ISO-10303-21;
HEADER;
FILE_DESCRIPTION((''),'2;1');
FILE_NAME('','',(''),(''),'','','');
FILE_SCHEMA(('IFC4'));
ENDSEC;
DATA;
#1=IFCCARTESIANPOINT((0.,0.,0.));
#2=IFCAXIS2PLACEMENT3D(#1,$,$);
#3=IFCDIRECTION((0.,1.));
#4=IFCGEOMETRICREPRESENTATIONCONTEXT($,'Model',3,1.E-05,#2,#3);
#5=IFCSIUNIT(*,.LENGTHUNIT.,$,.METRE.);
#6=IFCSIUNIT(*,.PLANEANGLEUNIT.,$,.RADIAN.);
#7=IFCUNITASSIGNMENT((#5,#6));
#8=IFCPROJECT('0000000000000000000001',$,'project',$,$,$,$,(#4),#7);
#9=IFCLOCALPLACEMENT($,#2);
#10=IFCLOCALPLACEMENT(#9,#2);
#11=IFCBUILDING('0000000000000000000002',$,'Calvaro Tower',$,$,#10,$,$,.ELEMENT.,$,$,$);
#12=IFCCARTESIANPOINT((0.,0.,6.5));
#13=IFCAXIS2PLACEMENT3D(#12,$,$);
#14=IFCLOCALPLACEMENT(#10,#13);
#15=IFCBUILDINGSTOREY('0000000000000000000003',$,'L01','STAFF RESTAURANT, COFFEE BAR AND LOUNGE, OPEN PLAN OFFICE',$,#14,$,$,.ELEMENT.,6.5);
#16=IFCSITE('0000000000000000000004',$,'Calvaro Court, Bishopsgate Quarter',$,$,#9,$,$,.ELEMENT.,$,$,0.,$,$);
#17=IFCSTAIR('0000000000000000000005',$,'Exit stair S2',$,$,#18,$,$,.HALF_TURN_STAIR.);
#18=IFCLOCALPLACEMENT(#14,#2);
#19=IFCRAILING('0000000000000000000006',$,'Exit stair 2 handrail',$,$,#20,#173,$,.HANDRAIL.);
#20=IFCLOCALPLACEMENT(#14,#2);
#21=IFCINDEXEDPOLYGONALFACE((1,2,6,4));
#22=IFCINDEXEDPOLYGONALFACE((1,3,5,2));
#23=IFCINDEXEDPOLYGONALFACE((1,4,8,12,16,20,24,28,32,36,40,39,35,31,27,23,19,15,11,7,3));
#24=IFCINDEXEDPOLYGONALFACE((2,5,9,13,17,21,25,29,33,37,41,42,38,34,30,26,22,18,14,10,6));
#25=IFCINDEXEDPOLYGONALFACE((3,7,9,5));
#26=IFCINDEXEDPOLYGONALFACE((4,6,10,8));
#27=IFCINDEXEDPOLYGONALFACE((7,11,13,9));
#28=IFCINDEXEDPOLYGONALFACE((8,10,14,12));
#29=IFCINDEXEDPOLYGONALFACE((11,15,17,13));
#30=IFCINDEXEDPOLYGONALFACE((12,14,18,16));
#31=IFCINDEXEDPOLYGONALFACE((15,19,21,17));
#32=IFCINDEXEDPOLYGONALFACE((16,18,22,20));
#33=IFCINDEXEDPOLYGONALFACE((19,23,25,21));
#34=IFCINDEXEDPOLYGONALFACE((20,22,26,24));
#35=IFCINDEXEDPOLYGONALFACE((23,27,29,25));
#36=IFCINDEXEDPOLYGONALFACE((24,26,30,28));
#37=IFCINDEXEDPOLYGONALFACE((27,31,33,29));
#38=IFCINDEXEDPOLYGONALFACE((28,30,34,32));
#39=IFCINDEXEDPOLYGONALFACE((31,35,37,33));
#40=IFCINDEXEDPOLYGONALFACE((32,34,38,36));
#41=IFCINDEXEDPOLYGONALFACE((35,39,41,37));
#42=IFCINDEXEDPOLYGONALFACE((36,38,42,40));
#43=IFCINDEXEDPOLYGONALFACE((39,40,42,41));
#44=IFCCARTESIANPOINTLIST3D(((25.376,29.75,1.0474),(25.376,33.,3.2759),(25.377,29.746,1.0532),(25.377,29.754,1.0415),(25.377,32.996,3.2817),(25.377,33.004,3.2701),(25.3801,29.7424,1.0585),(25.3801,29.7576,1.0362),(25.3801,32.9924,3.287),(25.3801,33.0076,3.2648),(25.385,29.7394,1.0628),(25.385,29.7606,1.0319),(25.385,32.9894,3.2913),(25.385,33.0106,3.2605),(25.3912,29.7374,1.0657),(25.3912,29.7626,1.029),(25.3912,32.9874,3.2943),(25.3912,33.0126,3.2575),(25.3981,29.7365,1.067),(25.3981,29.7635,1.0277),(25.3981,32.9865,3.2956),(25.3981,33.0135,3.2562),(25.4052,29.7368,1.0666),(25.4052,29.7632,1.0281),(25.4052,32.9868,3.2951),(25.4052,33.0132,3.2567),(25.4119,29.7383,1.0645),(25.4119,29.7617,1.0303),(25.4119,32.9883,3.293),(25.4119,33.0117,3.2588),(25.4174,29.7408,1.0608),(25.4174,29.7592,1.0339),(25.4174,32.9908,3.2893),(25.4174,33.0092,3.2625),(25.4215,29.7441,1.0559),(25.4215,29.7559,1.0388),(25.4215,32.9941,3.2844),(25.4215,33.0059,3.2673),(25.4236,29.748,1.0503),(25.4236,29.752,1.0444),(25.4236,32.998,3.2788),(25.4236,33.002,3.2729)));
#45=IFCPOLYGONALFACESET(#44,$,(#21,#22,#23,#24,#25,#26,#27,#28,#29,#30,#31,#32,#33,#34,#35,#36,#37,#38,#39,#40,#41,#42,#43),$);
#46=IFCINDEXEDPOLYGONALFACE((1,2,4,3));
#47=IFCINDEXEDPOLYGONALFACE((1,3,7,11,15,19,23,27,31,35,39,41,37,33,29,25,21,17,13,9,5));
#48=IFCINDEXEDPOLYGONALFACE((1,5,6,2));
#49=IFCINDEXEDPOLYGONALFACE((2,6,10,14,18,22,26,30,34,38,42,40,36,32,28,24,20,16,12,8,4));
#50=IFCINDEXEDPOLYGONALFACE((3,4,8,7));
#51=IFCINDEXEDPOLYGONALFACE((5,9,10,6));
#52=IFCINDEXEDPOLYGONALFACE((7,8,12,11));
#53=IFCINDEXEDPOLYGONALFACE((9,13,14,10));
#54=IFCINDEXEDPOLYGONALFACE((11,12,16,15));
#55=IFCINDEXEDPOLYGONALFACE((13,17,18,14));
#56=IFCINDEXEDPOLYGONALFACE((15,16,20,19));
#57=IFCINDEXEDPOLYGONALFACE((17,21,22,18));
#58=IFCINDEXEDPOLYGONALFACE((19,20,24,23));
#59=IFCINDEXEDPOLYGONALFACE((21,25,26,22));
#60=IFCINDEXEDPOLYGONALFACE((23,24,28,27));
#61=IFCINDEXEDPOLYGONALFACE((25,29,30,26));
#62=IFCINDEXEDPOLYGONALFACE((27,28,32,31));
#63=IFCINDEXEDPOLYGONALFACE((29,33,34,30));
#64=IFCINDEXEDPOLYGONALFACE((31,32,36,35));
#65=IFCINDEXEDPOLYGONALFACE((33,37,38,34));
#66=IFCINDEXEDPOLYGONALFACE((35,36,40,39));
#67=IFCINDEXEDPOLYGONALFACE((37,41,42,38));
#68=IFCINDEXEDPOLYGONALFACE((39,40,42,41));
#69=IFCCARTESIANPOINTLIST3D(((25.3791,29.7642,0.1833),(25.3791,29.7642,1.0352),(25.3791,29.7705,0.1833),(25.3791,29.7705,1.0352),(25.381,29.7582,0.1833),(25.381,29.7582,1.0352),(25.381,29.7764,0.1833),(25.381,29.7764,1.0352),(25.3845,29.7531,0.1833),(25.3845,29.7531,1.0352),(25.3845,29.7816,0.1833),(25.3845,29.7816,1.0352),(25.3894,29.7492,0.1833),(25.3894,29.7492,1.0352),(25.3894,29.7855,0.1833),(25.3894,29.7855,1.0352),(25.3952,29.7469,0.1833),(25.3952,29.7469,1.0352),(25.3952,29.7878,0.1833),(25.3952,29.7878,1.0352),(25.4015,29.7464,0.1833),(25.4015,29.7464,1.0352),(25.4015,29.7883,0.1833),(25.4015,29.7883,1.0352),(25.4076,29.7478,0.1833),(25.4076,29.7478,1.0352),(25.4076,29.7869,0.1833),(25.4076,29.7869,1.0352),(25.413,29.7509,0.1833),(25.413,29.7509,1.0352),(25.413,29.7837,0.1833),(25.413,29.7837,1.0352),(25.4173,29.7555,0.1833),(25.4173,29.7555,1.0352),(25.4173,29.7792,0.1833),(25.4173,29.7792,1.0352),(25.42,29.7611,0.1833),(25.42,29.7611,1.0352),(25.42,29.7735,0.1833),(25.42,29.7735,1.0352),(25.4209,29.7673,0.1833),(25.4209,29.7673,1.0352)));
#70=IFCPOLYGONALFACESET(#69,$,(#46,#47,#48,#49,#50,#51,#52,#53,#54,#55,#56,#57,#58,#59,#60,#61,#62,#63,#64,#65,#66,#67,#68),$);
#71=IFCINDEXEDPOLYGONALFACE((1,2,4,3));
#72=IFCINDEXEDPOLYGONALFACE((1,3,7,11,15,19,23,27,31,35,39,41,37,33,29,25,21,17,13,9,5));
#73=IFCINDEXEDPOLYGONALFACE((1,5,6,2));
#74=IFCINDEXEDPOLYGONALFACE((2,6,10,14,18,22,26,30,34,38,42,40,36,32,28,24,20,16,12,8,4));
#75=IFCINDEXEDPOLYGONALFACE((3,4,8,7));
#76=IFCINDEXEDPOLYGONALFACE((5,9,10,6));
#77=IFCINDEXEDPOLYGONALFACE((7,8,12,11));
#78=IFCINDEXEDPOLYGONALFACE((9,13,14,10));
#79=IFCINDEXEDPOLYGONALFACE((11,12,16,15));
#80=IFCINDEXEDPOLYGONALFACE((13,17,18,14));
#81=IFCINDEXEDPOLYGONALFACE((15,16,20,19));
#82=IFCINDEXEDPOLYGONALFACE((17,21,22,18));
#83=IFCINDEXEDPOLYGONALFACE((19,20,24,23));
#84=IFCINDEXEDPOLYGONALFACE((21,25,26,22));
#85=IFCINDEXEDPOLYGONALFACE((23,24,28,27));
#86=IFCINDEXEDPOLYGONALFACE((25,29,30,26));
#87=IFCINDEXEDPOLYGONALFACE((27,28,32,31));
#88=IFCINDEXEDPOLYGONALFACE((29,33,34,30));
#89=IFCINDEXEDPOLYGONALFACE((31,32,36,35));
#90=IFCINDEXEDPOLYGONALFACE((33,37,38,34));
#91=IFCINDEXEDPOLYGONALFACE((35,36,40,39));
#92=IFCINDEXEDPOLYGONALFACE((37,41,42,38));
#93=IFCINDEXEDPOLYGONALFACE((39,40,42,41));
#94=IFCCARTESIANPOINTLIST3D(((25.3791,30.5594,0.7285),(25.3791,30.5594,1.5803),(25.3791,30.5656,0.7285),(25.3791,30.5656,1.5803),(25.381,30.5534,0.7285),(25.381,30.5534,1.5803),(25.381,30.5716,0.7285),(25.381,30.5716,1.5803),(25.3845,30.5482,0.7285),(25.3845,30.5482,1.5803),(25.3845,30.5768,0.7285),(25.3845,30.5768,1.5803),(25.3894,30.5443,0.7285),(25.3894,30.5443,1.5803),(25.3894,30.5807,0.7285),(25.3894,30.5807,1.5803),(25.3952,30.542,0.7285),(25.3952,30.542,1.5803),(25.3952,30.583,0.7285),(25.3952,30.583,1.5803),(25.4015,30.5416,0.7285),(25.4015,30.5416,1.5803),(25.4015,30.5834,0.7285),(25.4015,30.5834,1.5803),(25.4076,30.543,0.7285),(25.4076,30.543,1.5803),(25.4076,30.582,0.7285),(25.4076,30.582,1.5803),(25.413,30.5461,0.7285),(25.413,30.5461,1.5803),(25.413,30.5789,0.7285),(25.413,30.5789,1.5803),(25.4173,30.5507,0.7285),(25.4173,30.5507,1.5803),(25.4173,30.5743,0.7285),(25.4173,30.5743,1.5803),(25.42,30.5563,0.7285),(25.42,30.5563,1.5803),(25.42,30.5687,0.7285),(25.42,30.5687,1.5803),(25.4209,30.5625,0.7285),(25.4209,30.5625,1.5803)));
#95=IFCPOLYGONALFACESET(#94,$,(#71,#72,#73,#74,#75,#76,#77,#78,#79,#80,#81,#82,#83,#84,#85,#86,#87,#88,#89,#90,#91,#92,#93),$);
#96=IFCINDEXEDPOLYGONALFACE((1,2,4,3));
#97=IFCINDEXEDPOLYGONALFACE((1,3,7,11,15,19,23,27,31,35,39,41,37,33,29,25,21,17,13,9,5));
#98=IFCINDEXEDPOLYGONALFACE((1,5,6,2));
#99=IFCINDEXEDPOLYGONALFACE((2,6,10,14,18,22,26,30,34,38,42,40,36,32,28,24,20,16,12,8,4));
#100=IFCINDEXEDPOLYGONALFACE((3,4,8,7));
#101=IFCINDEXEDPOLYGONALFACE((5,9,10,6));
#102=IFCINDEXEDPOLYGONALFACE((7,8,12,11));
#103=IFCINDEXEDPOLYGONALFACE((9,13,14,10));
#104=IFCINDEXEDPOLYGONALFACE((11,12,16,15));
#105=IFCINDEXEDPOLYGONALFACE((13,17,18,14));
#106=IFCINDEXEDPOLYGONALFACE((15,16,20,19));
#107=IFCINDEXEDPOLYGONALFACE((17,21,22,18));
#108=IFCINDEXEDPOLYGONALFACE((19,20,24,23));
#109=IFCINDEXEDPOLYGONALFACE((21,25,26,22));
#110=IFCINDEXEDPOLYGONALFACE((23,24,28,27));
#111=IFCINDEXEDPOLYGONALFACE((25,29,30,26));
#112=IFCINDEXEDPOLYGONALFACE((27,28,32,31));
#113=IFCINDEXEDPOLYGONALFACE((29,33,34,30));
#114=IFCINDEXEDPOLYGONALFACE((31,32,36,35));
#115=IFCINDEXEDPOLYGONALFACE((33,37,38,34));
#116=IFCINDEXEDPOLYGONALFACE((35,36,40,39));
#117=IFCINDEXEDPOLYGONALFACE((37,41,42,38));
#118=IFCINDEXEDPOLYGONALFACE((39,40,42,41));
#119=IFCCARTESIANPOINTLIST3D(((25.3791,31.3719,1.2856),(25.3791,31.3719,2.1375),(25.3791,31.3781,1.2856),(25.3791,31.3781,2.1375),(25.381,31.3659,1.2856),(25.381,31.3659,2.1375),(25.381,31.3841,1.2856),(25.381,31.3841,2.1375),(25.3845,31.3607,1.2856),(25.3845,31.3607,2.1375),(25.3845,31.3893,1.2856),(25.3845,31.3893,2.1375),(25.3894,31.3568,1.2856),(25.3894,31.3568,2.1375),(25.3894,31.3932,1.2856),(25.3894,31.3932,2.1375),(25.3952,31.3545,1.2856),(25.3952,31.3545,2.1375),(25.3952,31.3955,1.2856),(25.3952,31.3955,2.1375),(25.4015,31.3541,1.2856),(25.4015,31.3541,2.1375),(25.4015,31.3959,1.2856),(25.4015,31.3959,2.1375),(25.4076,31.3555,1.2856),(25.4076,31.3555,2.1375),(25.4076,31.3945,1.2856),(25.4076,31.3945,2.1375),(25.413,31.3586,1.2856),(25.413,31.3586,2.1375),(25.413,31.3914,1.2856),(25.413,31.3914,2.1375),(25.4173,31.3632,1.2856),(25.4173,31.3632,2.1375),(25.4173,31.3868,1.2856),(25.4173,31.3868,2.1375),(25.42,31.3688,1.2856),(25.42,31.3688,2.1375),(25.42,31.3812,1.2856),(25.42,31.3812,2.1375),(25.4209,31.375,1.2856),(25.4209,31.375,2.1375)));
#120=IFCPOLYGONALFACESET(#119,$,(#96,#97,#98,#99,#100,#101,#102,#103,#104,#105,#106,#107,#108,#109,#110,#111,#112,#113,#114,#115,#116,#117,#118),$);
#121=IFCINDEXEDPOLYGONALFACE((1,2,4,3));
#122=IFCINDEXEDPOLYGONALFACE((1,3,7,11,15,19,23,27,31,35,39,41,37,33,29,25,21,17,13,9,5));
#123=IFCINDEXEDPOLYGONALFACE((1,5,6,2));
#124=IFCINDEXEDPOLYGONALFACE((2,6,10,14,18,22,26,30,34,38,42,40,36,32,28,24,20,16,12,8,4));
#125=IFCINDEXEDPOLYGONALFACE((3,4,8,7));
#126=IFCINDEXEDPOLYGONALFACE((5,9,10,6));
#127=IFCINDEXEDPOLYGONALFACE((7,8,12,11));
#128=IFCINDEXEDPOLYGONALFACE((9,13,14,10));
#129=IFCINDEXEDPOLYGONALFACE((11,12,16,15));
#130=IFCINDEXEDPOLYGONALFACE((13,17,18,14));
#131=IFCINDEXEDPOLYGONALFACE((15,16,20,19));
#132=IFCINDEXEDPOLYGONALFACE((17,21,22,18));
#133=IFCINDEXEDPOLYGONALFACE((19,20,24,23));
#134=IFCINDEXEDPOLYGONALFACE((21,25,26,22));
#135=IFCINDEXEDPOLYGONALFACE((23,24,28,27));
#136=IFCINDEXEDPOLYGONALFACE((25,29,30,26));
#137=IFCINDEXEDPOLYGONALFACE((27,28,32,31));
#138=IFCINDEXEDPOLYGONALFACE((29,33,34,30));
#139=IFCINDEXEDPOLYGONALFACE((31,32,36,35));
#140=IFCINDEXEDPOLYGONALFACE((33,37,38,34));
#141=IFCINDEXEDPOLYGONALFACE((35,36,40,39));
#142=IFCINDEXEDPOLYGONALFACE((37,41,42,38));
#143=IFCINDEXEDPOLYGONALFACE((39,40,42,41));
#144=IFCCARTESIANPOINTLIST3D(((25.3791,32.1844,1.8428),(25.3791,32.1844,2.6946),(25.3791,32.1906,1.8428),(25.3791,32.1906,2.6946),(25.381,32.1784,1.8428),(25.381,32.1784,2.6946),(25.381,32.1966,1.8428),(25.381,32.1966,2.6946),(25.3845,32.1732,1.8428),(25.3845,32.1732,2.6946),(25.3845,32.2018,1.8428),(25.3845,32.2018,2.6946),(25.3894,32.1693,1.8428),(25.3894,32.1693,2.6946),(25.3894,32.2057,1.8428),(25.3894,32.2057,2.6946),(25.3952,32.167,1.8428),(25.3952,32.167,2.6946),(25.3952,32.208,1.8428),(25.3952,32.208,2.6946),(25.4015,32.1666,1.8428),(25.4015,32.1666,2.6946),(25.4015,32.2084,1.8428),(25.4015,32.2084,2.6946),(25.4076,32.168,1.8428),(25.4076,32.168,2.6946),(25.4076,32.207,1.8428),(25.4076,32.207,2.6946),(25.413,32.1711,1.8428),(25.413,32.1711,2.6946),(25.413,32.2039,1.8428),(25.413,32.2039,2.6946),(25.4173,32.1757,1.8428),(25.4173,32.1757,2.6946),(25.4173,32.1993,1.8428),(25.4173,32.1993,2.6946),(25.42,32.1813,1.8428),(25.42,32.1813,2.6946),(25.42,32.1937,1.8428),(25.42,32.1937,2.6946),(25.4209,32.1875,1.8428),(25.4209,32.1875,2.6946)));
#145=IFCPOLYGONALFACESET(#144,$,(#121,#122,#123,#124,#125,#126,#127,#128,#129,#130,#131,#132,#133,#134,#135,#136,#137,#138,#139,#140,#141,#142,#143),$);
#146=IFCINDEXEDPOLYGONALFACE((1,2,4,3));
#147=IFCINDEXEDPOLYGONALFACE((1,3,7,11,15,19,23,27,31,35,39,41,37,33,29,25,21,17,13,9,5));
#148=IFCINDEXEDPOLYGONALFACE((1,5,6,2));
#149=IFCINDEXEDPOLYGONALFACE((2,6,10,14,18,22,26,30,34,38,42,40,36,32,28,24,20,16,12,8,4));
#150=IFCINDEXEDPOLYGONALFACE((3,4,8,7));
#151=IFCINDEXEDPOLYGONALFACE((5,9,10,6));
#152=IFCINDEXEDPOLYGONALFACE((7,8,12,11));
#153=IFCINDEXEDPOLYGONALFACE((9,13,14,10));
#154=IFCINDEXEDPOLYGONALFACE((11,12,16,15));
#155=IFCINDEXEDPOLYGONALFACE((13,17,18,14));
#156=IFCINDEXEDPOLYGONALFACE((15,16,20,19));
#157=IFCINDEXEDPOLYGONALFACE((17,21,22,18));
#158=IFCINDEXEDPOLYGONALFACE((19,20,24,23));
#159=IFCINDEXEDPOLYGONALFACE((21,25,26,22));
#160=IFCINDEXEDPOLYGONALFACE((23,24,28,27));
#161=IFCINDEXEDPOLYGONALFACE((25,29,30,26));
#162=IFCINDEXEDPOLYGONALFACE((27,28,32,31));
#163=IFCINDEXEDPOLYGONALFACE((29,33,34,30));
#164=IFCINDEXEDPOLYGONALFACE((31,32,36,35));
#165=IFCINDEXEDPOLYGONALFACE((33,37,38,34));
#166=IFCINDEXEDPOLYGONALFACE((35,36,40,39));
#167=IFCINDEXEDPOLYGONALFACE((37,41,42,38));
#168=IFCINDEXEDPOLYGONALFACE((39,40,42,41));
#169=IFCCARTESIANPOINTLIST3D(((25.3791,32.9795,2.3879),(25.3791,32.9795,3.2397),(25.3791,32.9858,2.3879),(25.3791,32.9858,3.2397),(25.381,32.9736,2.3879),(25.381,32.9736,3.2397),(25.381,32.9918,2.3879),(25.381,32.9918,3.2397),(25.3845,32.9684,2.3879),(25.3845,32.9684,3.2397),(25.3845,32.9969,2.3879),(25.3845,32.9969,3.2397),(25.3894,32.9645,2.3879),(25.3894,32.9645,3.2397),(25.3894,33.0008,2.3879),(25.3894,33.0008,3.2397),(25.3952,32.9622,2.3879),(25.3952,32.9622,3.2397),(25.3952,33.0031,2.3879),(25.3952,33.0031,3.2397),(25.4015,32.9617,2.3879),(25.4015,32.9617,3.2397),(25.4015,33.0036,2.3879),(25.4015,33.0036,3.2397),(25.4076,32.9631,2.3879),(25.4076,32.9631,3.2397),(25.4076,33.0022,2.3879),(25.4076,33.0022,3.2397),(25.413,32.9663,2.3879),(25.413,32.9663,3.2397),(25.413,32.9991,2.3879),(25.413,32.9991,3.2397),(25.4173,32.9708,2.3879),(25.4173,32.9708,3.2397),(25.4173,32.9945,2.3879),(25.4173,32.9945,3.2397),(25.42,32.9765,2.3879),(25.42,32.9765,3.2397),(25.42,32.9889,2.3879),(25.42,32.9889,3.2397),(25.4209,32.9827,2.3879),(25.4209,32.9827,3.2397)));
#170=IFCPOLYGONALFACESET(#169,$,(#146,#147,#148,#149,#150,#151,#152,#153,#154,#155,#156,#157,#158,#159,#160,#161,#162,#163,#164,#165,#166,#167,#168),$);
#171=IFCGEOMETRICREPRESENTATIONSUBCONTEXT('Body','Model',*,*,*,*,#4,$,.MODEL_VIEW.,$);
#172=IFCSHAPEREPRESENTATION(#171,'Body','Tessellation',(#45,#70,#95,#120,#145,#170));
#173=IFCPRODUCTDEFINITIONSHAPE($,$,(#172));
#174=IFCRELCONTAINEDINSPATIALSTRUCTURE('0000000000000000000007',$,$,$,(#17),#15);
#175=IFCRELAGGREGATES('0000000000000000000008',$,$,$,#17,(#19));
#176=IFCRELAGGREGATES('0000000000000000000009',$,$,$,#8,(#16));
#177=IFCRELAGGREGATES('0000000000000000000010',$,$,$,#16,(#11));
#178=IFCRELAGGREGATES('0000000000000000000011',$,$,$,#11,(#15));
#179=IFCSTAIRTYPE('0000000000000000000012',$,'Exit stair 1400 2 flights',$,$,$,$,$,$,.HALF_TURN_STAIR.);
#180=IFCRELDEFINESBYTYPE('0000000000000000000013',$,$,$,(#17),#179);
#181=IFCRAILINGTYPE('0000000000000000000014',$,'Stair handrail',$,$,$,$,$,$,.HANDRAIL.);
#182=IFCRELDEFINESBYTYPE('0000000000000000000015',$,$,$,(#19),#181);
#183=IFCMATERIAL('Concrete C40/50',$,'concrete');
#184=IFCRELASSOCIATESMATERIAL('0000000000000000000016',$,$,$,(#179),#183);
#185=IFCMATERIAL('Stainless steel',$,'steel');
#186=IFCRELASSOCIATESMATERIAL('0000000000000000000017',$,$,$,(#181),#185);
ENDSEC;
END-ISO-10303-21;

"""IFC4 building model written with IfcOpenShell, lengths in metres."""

from ifc_helpers import new_model, si_unit, direction, frame, origin, origin_2d, place, context, subcontext, project, spatial, circle, extrude, material, type_object, element, aggregate, save


model = new_model("IFC4")

# Units and contexts
model_context = context("Model", 3, precision=1e-05, world=origin(), true_north=direction((0.0, 1.0)))
body_context = subcontext(model_context, "Body", "Model", "MODEL_VIEW")
ifc_project = project(units=[si_unit("LENGTHUNIT", "METRE"), si_unit("PLANEANGLEUNIT", "RADIAN")], contexts=[model_context])

# Site, building, storey
site_placement = place(None, origin())
site = spatial("IfcSite", under=ifc_project, at=site_placement, Name="Calvaro Court, Bishopsgate Quarter", CompositionType="ELEMENT", RefElevation=0.0)
building_placement = place(site_placement, origin())
building = spatial("IfcBuilding", under=site, at=building_placement, Name="Calvaro Tower", CompositionType="ELEMENT")
storey_placement = place(building_placement, frame((0.0, 0.0, 6.5)))
storey = spatial("IfcBuildingStorey", under=building, at=storey_placement, Name="L01", Description="STAFF RESTAURANT, COFFEE BAR AND LOUNGE, OPEN PLAN OFFICE", CompositionType="ELEMENT", Elevation=6.5)

# Stair, railing
ifc_material_1 = material(Name="Concrete C40/50", Category="concrete")
stair_type = type_object("IfcStairType", Name="Exit stair 1400 2 flights", PredefinedType="HALF_TURN_STAIR", material=ifc_material_1)
stair_placement = place(storey_placement, origin())
stair = element("IfcStair", 1, at=stair_placement, inside=storey, type_object=stair_type, Name="Exit stair S2", PredefinedType="HALF_TURN_STAIR")
ifc_material_2 = material(Name="Stainless steel", Category="steel")
railing_type = type_object("IfcRailingType", Name="Stair handrail", PredefinedType="HANDRAIL", material=ifc_material_2)
railing_1_placement = place(storey_placement, frame((25.3999, 29.75, 0.1714)))
railing_1 = element("IfcRailing", 2, at=railing_1_placement, type_object=railing_type, Name="Exit stair 2 handrail", PredefinedType="HANDRAIL", context=body_context, shape_type="SweptSolid", body=[
    extrude(circle(Radius=0.0239, at=origin_2d()), frame((0.0, 0.0, 0.876), z_axis=(0.0, 0.824735, 0.565519), x_axis=(-1.0, 0.0, 0.0)), (0.0, 0.0, 1.0), 3.9407),
    extrude(circle(Radius=0.021, at=origin_2d()), frame((0.0, 0.0173, 0.012)), (0.0, 0.0, 1.0), 0.8518),
    extrude(circle(Radius=0.021, at=origin_2d()), frame((0.0, 0.8125, 0.5571)), (0.0, 0.0, 1.0), 0.8518),
    extrude(circle(Radius=0.021, at=origin_2d()), frame((0.0, 1.625, 1.1143)), (0.0, 0.0, 1.0), 0.8518),
    extrude(circle(Radius=0.021, at=origin_2d()), frame((0.0, 2.4375, 1.6714)), (0.0, 0.0, 1.0), 0.8518),
    extrude(circle(Radius=0.021, at=origin_2d()), frame((0.0, 3.2327, 2.2166)), (0.0, 0.0, 1.0), 0.8518),
])
aggregate(stair, [railing_1])

save(model, "model.ifc")
